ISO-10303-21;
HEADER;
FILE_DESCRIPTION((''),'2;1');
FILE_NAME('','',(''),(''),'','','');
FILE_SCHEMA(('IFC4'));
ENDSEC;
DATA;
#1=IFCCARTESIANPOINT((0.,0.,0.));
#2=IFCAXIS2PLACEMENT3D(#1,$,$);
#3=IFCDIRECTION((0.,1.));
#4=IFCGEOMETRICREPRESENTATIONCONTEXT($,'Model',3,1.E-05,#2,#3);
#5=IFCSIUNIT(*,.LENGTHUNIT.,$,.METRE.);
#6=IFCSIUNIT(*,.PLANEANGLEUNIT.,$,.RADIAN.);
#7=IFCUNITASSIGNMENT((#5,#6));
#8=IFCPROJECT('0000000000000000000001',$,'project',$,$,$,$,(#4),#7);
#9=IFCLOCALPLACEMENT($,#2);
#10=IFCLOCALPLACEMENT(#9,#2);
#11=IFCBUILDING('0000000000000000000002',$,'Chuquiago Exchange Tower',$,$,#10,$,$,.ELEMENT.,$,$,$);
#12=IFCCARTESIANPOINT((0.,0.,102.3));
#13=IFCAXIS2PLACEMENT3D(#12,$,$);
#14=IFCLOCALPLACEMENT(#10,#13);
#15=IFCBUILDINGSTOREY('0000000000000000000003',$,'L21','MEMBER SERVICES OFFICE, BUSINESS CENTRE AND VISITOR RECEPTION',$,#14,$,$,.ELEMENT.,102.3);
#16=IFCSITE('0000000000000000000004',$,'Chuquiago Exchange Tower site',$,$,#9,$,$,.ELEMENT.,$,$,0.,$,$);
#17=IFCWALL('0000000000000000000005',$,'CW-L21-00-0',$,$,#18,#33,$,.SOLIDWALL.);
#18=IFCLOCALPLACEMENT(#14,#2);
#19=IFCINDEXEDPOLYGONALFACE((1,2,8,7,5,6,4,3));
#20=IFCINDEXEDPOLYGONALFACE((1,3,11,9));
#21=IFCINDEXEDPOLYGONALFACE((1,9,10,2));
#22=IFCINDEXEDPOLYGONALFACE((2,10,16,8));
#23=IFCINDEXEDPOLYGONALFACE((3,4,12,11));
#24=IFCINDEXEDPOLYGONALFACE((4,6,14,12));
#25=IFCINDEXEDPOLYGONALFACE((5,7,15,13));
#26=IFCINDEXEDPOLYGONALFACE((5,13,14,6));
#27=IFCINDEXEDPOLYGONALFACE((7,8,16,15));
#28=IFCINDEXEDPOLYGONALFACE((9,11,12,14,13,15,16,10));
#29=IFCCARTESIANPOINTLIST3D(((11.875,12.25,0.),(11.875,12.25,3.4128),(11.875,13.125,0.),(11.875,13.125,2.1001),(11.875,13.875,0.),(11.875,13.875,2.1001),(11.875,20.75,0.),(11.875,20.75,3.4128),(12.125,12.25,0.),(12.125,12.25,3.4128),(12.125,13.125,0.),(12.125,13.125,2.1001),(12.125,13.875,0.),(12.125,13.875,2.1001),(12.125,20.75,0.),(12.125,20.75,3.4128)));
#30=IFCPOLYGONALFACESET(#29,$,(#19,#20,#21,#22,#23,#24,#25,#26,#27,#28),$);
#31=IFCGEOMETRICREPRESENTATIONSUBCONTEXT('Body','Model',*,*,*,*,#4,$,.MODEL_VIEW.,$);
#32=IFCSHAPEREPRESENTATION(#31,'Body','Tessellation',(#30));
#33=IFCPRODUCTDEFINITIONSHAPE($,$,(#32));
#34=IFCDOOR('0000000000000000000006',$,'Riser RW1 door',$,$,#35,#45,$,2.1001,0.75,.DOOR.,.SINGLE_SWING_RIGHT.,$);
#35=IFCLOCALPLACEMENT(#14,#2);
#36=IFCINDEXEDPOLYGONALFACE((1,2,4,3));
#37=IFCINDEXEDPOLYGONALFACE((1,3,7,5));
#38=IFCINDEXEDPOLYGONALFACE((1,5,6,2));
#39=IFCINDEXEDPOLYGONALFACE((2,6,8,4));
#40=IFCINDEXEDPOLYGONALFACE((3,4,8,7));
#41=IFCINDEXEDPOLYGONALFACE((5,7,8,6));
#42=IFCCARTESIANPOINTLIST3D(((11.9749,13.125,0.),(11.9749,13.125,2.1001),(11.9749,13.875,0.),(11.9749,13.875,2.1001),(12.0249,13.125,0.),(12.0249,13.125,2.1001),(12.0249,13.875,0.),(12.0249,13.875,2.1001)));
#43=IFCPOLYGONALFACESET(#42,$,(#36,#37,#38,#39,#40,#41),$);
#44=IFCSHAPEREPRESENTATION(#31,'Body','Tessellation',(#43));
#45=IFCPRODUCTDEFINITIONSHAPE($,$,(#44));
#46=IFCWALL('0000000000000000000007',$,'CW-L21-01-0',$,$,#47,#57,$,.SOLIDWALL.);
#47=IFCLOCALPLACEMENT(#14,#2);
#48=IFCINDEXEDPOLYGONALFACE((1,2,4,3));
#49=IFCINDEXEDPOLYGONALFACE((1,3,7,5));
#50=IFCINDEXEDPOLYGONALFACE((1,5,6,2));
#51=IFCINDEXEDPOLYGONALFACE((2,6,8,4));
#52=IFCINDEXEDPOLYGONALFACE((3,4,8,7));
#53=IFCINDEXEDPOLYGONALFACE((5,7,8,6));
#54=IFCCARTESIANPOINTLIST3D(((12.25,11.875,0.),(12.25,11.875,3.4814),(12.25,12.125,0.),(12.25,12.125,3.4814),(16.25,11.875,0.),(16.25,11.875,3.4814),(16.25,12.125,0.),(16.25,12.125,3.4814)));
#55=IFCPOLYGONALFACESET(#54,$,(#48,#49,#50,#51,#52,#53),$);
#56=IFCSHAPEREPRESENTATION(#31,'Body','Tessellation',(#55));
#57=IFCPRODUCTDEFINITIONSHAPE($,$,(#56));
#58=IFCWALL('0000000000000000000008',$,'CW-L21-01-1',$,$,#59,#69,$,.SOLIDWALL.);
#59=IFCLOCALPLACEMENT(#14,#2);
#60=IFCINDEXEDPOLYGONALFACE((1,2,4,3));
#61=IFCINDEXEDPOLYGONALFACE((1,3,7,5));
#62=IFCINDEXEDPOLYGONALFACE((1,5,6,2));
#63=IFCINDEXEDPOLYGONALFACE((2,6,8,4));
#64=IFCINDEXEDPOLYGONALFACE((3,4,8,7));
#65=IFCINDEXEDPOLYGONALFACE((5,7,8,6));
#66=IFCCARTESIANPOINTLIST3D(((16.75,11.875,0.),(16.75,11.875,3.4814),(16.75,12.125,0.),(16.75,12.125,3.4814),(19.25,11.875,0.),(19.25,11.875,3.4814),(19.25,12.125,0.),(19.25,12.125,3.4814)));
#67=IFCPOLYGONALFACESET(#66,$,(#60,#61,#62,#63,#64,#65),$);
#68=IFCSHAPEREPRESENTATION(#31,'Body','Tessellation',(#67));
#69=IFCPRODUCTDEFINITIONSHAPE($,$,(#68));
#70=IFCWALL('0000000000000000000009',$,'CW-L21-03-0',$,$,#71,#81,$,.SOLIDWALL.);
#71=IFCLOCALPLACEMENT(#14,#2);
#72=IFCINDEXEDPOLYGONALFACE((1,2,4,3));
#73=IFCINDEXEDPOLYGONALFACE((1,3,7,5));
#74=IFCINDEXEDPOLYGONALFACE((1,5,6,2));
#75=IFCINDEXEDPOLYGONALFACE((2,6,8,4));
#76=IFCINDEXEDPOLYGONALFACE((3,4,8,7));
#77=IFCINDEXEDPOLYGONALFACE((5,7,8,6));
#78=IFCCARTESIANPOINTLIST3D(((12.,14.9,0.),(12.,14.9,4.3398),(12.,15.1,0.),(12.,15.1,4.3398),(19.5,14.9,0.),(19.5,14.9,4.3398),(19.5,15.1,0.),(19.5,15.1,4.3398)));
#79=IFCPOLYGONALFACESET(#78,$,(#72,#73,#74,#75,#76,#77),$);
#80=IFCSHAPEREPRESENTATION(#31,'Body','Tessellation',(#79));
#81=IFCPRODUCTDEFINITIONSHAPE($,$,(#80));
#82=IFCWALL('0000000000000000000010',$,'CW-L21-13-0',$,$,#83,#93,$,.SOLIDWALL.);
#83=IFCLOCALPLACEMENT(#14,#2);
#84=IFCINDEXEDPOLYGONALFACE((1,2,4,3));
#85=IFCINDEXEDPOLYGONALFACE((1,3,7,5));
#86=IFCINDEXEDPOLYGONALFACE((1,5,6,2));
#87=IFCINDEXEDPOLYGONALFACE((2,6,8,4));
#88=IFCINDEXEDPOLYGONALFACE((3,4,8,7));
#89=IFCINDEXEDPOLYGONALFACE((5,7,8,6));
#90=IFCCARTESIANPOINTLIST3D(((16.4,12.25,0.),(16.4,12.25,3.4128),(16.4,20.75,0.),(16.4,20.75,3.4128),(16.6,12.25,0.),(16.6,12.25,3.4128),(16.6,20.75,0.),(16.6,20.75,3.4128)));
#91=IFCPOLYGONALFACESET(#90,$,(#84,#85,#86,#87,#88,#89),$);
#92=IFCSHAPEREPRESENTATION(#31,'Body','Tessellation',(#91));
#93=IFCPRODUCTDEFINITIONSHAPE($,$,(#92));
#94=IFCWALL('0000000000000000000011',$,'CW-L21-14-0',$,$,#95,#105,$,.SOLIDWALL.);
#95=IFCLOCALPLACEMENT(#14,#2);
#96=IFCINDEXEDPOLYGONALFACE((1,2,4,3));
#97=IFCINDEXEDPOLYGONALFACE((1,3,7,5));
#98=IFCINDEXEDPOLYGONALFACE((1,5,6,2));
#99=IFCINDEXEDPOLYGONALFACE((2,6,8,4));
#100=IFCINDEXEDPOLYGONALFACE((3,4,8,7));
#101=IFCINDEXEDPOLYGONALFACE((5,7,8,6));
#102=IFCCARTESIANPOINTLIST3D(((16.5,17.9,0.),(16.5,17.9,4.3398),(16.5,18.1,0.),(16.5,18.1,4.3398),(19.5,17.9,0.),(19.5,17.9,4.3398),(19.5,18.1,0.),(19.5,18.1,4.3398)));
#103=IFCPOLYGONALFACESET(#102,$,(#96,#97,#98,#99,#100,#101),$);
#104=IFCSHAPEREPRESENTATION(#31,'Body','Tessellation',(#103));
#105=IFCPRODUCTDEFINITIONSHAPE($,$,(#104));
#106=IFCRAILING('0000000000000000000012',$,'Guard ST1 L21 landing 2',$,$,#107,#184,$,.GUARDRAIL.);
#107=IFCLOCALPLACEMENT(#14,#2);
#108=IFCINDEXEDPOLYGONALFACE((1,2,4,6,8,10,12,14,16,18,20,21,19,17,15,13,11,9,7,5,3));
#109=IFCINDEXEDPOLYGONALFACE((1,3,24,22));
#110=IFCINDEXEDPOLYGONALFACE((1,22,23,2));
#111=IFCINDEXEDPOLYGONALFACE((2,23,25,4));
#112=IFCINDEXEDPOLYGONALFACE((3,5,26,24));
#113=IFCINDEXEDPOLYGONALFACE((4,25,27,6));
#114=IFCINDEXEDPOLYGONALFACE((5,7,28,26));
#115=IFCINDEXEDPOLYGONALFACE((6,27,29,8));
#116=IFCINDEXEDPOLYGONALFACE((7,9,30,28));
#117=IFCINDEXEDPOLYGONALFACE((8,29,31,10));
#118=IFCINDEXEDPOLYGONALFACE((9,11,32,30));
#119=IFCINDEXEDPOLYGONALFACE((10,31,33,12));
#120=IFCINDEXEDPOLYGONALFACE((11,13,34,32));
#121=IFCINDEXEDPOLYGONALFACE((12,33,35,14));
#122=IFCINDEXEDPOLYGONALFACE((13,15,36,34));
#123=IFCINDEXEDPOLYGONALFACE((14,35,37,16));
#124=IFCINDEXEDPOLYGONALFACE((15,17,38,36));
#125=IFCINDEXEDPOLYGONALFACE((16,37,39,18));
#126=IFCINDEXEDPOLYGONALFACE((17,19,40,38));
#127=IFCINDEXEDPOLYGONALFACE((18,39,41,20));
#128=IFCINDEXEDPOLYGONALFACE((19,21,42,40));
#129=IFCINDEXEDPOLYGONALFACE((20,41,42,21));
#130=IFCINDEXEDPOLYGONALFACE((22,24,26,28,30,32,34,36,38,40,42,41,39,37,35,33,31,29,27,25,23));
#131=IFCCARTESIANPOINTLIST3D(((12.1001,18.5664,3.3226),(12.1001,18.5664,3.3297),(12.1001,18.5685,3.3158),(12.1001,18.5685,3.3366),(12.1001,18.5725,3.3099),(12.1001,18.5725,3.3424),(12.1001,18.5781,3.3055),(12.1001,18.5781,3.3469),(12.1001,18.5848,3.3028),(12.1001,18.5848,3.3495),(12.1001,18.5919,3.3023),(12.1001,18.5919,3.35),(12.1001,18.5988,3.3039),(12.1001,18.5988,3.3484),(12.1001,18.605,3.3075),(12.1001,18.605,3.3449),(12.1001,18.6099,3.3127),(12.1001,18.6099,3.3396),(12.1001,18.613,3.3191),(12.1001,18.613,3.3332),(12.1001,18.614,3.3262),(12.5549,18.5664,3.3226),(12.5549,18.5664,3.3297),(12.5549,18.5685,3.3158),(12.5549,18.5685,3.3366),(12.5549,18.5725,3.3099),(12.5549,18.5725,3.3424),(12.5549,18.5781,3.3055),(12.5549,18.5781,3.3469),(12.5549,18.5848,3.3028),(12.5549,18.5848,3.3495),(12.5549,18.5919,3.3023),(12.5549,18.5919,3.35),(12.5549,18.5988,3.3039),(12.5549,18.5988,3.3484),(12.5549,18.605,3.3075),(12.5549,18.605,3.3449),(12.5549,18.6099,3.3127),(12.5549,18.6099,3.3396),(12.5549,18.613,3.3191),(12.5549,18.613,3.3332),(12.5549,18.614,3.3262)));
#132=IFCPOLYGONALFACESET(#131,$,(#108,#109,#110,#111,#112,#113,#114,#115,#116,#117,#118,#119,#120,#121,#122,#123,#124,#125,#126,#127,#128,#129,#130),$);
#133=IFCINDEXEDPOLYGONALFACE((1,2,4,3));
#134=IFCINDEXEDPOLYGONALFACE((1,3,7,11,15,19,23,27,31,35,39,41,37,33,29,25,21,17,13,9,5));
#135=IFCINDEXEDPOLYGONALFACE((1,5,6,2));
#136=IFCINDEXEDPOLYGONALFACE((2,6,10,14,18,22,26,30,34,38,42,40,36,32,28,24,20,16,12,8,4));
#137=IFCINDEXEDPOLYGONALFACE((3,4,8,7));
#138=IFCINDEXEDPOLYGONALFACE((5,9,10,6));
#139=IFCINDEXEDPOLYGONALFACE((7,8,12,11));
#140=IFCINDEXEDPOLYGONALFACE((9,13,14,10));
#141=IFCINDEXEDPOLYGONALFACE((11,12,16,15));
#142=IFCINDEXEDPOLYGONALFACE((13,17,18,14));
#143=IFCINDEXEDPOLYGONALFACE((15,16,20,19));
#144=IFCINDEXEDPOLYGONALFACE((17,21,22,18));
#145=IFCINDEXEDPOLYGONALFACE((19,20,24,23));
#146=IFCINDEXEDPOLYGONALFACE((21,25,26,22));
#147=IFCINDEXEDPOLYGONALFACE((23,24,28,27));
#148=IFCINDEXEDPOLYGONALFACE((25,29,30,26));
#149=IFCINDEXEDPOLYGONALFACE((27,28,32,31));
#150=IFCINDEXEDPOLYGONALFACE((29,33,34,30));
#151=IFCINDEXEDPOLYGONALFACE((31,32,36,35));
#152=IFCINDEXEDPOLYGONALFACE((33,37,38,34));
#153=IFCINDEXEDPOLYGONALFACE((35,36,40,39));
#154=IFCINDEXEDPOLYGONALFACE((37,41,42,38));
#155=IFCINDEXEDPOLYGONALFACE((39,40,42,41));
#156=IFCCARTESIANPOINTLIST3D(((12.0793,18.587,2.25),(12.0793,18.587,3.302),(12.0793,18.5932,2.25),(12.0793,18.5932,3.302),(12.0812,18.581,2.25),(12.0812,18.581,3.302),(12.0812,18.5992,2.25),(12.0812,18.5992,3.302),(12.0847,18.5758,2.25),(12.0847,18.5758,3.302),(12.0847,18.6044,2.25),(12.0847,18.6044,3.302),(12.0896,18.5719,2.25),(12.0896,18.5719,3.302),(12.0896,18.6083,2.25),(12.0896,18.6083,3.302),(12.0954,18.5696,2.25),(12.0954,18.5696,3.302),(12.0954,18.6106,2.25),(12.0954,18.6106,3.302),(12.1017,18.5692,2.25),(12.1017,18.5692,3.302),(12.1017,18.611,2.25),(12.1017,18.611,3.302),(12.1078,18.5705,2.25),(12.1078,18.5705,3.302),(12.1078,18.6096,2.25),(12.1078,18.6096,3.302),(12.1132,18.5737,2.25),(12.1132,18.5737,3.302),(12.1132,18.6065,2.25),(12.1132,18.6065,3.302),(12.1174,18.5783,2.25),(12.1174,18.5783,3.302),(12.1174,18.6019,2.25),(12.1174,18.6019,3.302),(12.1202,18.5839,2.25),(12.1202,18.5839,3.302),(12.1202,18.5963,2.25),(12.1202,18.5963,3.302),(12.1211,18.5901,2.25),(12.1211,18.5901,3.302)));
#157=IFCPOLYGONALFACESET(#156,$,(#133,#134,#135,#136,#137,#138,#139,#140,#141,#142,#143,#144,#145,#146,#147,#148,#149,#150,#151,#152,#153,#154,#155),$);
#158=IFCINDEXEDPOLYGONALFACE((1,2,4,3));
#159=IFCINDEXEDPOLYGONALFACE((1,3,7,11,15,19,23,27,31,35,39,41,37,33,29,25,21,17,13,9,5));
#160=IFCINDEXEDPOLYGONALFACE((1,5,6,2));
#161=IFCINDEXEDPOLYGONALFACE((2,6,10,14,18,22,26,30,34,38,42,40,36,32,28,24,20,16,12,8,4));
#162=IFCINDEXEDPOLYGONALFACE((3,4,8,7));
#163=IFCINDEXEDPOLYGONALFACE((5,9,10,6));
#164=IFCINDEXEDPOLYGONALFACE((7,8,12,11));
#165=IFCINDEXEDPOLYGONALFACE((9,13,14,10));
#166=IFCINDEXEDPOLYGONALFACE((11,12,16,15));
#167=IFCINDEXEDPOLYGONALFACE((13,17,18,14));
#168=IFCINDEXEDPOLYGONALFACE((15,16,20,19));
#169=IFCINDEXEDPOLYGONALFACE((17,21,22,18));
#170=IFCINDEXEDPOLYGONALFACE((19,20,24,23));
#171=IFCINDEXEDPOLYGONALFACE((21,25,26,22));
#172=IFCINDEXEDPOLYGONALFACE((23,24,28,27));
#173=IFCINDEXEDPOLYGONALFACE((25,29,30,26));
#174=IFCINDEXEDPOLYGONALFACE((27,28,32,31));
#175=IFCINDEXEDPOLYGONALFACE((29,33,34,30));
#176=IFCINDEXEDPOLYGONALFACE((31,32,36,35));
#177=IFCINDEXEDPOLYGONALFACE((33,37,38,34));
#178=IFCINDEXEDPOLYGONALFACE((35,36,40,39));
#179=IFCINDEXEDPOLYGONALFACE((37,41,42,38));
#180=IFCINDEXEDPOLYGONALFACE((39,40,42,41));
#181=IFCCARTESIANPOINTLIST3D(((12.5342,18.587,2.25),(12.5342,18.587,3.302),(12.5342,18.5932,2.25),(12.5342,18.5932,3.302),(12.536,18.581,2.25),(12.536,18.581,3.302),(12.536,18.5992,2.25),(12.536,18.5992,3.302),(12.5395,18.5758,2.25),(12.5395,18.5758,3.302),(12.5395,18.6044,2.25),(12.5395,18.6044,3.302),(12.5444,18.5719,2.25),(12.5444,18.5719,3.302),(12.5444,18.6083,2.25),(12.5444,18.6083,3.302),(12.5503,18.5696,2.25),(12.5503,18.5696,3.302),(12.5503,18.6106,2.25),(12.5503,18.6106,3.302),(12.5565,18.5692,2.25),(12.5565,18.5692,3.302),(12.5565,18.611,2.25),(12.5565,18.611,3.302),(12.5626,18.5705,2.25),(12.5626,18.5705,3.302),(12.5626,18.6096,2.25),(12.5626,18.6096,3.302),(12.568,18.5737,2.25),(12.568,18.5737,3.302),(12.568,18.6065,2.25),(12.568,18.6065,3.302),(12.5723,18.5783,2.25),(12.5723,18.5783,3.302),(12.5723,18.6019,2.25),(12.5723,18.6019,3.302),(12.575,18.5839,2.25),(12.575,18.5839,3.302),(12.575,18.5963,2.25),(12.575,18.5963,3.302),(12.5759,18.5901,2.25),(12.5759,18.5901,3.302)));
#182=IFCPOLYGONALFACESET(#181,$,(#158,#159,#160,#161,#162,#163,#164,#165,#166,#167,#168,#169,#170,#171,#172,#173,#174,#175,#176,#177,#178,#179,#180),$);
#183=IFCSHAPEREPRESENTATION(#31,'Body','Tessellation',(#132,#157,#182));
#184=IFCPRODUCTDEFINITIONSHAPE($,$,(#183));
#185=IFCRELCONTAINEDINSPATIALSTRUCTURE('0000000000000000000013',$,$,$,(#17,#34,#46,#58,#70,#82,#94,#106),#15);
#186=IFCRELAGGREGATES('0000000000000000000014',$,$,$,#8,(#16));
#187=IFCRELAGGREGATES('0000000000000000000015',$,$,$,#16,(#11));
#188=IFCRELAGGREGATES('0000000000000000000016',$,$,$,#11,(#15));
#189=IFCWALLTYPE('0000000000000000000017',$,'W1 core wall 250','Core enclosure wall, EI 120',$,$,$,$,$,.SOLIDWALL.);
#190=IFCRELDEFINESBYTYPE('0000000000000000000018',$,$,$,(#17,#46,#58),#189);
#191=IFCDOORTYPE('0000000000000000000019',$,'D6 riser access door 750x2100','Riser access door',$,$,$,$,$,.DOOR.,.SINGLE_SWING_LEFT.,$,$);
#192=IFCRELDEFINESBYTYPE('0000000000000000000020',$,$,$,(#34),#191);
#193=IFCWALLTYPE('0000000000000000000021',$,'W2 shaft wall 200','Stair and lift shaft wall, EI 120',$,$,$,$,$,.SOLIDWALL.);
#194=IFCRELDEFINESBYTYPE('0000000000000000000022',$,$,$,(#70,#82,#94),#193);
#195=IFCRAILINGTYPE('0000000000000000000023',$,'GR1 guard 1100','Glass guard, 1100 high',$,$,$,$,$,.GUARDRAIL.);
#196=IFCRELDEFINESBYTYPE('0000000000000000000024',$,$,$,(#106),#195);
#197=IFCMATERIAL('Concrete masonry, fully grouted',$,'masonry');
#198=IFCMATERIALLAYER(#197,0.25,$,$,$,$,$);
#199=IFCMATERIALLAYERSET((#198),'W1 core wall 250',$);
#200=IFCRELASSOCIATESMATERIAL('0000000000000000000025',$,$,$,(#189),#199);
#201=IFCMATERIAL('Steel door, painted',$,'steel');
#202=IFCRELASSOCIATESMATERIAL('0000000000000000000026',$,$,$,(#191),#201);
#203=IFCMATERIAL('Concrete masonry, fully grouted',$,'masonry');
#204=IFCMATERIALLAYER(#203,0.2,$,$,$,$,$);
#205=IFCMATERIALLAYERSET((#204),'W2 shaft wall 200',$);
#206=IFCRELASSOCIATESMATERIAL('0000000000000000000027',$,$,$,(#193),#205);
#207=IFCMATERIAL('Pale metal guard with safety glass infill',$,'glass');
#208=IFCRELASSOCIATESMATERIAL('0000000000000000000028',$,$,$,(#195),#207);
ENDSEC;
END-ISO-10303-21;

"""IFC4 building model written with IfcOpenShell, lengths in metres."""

from ifc_helpers import new_model, si_unit, direction, frame, frame_2d, origin, origin_2d, place, context, subcontext, project, spatial, rectangle, circle, extrude, material, layer, layer_set, type_object, element, fill, save


model = new_model("IFC4")

# Units and contexts
model_context = context("Model", 3, precision=1e-05, world=origin(), true_north=direction((0.0, 1.0)))
body_context = subcontext(model_context, "Body", "Model", "MODEL_VIEW")
ifc_project = project(units=[si_unit("LENGTHUNIT", "METRE"), si_unit("PLANEANGLEUNIT", "RADIAN")], contexts=[model_context])

# Site, building, storey
site_placement = place(None, origin())
site = spatial("IfcSite", under=ifc_project, at=site_placement, Name="Chuquiago Exchange Tower site", CompositionType="ELEMENT", RefElevation=0.0)
building_placement = place(site_placement, origin())
building = spatial("IfcBuilding", under=site, at=building_placement, Name="Chuquiago Exchange Tower", CompositionType="ELEMENT")
storey_placement = place(building_placement, frame((0.0, 0.0, 102.3)))
storey = spatial("IfcBuildingStorey", under=building, at=storey_placement, Name="L21", Description="MEMBER SERVICES OFFICE, BUSINESS CENTRE AND VISITOR RECEPTION", CompositionType="ELEMENT", Elevation=102.3)

# Wall, opening, door
ifc_material_1 = material(Name="Concrete masonry, fully grouted", Category="masonry")
ifc_layer_1 = layer(ifc_material_1, 0.25)
ifc_layer_set_1 = layer_set([ifc_layer_1], Name="W1 core wall 250")
wall_type_1 = type_object("IfcWallType", Name="W1 core wall 250", Description="Core enclosure wall, EI 120", PredefinedType="SOLIDWALL", material=ifc_layer_set_1)
wall_1_placement = place(storey_placement, frame((12.0, 12.25, 0.0), z_axis=(0.0, 0.0, 1.0), x_axis=(0.0, 1.0, 0.0)))
wall_1 = element("IfcWall", 1, at=wall_1_placement, inside=storey, type_object=wall_type_1, Name="CW-L21-00-0", PredefinedType="SOLIDWALL", context=body_context, shape_type="SweptSolid", body=[
    extrude(rectangle(XDim=8.5, YDim=0.25, at=frame_2d((4.25, 0.0))), origin(), (0.0, 0.0, 1.0), 3.4128),
])
opening_placement = place(wall_1_placement, frame((0.875, 0.0, 0.0)))
opening = element("IfcOpeningElement", 2, at=opening_placement, cuts=wall_1, PredefinedType="OPENING", context=body_context, shape_type="SweptSolid", body=[
    extrude(rectangle(XDim=0.75, YDim=2.1001, at=frame_2d((0.375, 1.05))), frame((0.0, 0.135, 0.0), z_axis=(0.0, -1.0, 0.0), x_axis=(1.0, 0.0, 0.0)), (0.0, 0.0, 1.0), 0.27),
])
ifc_material_2 = material(Name="Steel door, painted", Category="steel")
door_type = type_object("IfcDoorType", Name="D6 riser access door 750x2100", Description="Riser access door", OperationType="SINGLE_SWING_LEFT", PredefinedType="DOOR", material=ifc_material_2)
door_placement = place(opening_placement, frame((0.75, 0.0, 0.0), z_axis=(0.0, 0.0, 1.0), x_axis=(-1.0, 0.0, 0.0)))
door = element("IfcDoor", 3, at=door_placement, inside=storey, type_object=door_type, Name="Riser RW1 door", OperationType="SINGLE_SWING_RIGHT", OverallHeight=2.1001, OverallWidth=0.75, PredefinedType="DOOR", context=body_context, shape_type="SweptSolid", body=[
    extrude(rectangle(XDim=0.75, YDim=2.1001, at=frame_2d((0.375, 1.05))), frame((0.0, 0.0249, 0.0), z_axis=(0.0, -1.0, 0.0), x_axis=(1.0, 0.0, 0.0)), (0.0, 0.0, 1.0), 0.05),
])
fill(opening, door)

# Walls
wall_2_placement = place(storey_placement, frame((12.25, 12.0, 0.0), z_axis=(0.0, 0.0, 1.0), x_axis=(1.0, 0.0, 0.0)))
element("IfcWall", 4, at=wall_2_placement, inside=storey, type_object=wall_type_1, Name="CW-L21-01-0", PredefinedType="SOLIDWALL", context=body_context, shape_type="SweptSolid", body=[
    extrude(rectangle(XDim=4.0, YDim=0.25, at=frame_2d((2.0, 0.0))), origin(), (0.0, 0.0, 1.0), 3.4814),
])
wall_3_placement = place(storey_placement, frame((16.75, 12.0, 0.0), z_axis=(0.0, 0.0, 1.0), x_axis=(1.0, 0.0, 0.0)))
element("IfcWall", 5, at=wall_3_placement, inside=storey, type_object=wall_type_1, Name="CW-L21-01-1", PredefinedType="SOLIDWALL", context=body_context, shape_type="SweptSolid", body=[
    extrude(rectangle(XDim=2.5, YDim=0.25, at=frame_2d((1.25, 0.0))), origin(), (0.0, 0.0, 1.0), 3.4814),
])
ifc_material_3 = material(Name="Concrete masonry, fully grouted", Category="masonry")
ifc_layer_2 = layer(ifc_material_3, 0.2)
ifc_layer_set_2 = layer_set([ifc_layer_2], Name="W2 shaft wall 200")
wall_type_2 = type_object("IfcWallType", Name="W2 shaft wall 200", Description="Stair and lift shaft wall, EI 120", PredefinedType="SOLIDWALL", material=ifc_layer_set_2)
wall_4_placement = place(storey_placement, frame((12.0, 15.0, 0.0), z_axis=(0.0, 0.0, 1.0), x_axis=(1.0, 0.0, 0.0)))
element("IfcWall", 6, at=wall_4_placement, inside=storey, type_object=wall_type_2, Name="CW-L21-03-0", PredefinedType="SOLIDWALL", context=body_context, shape_type="SweptSolid", body=[
    extrude(rectangle(XDim=7.5, YDim=0.2, at=frame_2d((3.75, 0.0))), origin(), (0.0, 0.0, 1.0), 4.3398),
])
wall_5_placement = place(storey_placement, frame((16.5, 12.25, 0.0), z_axis=(0.0, 0.0, 1.0), x_axis=(0.0, 1.0, 0.0)))
element("IfcWall", 7, at=wall_5_placement, inside=storey, type_object=wall_type_2, Name="CW-L21-13-0", PredefinedType="SOLIDWALL", context=body_context, shape_type="SweptSolid", body=[
    extrude(rectangle(XDim=8.5, YDim=0.2, at=frame_2d((4.25, 0.0))), origin(), (0.0, 0.0, 1.0), 3.4128),
])
wall_6_placement = place(storey_placement, frame((16.5, 18.0, 0.0), z_axis=(0.0, 0.0, 1.0), x_axis=(1.0, 0.0, 0.0)))
element("IfcWall", 8, at=wall_6_placement, inside=storey, type_object=wall_type_2, Name="CW-L21-14-0", PredefinedType="SOLIDWALL", context=body_context, shape_type="SweptSolid", body=[
    extrude(rectangle(XDim=3.0, YDim=0.2, at=frame_2d((1.5, 0.0))), origin(), (0.0, 0.0, 1.0), 4.3398),
])

# Railing
ifc_material_4 = material(Name="Pale metal guard with safety glass infill", Category="glass")
railing_type_1 = type_object("IfcRailingType", Name="GR1 guard 1100", Description="Glass guard, 1100 high", PredefinedType="GUARDRAIL", material=ifc_material_4)
for number, where, name in (
    (9, (12.1001, 18.5901, 2.25), "Guard ST1 L21 landing 2"),
):
    element("IfcRailing", number, at=place(storey_placement, frame(where)), inside=storey, type_object=railing_type_1, Name=name, PredefinedType="GUARDRAIL", context=body_context, shape_type="SweptSolid", body=[
        extrude(circle(Radius=0.0239, at=origin_2d()), frame((0.0, 0.0, 1.0762), z_axis=(1.0, 0.0, 0.0), x_axis=(0.0, 1.0, 0.0)), (0.0, 0.0, 1.0), 0.4548),
        extrude(circle(Radius=0.021, at=origin_2d()), origin(), (0.0, 0.0, 1.0), 1.052),
        extrude(circle(Radius=0.021, at=origin_2d()), frame((0.4548, 0.0, 0.0)), (0.0, 0.0, 1.0), 1.052),
    ])

save(model, "model.ifc")
